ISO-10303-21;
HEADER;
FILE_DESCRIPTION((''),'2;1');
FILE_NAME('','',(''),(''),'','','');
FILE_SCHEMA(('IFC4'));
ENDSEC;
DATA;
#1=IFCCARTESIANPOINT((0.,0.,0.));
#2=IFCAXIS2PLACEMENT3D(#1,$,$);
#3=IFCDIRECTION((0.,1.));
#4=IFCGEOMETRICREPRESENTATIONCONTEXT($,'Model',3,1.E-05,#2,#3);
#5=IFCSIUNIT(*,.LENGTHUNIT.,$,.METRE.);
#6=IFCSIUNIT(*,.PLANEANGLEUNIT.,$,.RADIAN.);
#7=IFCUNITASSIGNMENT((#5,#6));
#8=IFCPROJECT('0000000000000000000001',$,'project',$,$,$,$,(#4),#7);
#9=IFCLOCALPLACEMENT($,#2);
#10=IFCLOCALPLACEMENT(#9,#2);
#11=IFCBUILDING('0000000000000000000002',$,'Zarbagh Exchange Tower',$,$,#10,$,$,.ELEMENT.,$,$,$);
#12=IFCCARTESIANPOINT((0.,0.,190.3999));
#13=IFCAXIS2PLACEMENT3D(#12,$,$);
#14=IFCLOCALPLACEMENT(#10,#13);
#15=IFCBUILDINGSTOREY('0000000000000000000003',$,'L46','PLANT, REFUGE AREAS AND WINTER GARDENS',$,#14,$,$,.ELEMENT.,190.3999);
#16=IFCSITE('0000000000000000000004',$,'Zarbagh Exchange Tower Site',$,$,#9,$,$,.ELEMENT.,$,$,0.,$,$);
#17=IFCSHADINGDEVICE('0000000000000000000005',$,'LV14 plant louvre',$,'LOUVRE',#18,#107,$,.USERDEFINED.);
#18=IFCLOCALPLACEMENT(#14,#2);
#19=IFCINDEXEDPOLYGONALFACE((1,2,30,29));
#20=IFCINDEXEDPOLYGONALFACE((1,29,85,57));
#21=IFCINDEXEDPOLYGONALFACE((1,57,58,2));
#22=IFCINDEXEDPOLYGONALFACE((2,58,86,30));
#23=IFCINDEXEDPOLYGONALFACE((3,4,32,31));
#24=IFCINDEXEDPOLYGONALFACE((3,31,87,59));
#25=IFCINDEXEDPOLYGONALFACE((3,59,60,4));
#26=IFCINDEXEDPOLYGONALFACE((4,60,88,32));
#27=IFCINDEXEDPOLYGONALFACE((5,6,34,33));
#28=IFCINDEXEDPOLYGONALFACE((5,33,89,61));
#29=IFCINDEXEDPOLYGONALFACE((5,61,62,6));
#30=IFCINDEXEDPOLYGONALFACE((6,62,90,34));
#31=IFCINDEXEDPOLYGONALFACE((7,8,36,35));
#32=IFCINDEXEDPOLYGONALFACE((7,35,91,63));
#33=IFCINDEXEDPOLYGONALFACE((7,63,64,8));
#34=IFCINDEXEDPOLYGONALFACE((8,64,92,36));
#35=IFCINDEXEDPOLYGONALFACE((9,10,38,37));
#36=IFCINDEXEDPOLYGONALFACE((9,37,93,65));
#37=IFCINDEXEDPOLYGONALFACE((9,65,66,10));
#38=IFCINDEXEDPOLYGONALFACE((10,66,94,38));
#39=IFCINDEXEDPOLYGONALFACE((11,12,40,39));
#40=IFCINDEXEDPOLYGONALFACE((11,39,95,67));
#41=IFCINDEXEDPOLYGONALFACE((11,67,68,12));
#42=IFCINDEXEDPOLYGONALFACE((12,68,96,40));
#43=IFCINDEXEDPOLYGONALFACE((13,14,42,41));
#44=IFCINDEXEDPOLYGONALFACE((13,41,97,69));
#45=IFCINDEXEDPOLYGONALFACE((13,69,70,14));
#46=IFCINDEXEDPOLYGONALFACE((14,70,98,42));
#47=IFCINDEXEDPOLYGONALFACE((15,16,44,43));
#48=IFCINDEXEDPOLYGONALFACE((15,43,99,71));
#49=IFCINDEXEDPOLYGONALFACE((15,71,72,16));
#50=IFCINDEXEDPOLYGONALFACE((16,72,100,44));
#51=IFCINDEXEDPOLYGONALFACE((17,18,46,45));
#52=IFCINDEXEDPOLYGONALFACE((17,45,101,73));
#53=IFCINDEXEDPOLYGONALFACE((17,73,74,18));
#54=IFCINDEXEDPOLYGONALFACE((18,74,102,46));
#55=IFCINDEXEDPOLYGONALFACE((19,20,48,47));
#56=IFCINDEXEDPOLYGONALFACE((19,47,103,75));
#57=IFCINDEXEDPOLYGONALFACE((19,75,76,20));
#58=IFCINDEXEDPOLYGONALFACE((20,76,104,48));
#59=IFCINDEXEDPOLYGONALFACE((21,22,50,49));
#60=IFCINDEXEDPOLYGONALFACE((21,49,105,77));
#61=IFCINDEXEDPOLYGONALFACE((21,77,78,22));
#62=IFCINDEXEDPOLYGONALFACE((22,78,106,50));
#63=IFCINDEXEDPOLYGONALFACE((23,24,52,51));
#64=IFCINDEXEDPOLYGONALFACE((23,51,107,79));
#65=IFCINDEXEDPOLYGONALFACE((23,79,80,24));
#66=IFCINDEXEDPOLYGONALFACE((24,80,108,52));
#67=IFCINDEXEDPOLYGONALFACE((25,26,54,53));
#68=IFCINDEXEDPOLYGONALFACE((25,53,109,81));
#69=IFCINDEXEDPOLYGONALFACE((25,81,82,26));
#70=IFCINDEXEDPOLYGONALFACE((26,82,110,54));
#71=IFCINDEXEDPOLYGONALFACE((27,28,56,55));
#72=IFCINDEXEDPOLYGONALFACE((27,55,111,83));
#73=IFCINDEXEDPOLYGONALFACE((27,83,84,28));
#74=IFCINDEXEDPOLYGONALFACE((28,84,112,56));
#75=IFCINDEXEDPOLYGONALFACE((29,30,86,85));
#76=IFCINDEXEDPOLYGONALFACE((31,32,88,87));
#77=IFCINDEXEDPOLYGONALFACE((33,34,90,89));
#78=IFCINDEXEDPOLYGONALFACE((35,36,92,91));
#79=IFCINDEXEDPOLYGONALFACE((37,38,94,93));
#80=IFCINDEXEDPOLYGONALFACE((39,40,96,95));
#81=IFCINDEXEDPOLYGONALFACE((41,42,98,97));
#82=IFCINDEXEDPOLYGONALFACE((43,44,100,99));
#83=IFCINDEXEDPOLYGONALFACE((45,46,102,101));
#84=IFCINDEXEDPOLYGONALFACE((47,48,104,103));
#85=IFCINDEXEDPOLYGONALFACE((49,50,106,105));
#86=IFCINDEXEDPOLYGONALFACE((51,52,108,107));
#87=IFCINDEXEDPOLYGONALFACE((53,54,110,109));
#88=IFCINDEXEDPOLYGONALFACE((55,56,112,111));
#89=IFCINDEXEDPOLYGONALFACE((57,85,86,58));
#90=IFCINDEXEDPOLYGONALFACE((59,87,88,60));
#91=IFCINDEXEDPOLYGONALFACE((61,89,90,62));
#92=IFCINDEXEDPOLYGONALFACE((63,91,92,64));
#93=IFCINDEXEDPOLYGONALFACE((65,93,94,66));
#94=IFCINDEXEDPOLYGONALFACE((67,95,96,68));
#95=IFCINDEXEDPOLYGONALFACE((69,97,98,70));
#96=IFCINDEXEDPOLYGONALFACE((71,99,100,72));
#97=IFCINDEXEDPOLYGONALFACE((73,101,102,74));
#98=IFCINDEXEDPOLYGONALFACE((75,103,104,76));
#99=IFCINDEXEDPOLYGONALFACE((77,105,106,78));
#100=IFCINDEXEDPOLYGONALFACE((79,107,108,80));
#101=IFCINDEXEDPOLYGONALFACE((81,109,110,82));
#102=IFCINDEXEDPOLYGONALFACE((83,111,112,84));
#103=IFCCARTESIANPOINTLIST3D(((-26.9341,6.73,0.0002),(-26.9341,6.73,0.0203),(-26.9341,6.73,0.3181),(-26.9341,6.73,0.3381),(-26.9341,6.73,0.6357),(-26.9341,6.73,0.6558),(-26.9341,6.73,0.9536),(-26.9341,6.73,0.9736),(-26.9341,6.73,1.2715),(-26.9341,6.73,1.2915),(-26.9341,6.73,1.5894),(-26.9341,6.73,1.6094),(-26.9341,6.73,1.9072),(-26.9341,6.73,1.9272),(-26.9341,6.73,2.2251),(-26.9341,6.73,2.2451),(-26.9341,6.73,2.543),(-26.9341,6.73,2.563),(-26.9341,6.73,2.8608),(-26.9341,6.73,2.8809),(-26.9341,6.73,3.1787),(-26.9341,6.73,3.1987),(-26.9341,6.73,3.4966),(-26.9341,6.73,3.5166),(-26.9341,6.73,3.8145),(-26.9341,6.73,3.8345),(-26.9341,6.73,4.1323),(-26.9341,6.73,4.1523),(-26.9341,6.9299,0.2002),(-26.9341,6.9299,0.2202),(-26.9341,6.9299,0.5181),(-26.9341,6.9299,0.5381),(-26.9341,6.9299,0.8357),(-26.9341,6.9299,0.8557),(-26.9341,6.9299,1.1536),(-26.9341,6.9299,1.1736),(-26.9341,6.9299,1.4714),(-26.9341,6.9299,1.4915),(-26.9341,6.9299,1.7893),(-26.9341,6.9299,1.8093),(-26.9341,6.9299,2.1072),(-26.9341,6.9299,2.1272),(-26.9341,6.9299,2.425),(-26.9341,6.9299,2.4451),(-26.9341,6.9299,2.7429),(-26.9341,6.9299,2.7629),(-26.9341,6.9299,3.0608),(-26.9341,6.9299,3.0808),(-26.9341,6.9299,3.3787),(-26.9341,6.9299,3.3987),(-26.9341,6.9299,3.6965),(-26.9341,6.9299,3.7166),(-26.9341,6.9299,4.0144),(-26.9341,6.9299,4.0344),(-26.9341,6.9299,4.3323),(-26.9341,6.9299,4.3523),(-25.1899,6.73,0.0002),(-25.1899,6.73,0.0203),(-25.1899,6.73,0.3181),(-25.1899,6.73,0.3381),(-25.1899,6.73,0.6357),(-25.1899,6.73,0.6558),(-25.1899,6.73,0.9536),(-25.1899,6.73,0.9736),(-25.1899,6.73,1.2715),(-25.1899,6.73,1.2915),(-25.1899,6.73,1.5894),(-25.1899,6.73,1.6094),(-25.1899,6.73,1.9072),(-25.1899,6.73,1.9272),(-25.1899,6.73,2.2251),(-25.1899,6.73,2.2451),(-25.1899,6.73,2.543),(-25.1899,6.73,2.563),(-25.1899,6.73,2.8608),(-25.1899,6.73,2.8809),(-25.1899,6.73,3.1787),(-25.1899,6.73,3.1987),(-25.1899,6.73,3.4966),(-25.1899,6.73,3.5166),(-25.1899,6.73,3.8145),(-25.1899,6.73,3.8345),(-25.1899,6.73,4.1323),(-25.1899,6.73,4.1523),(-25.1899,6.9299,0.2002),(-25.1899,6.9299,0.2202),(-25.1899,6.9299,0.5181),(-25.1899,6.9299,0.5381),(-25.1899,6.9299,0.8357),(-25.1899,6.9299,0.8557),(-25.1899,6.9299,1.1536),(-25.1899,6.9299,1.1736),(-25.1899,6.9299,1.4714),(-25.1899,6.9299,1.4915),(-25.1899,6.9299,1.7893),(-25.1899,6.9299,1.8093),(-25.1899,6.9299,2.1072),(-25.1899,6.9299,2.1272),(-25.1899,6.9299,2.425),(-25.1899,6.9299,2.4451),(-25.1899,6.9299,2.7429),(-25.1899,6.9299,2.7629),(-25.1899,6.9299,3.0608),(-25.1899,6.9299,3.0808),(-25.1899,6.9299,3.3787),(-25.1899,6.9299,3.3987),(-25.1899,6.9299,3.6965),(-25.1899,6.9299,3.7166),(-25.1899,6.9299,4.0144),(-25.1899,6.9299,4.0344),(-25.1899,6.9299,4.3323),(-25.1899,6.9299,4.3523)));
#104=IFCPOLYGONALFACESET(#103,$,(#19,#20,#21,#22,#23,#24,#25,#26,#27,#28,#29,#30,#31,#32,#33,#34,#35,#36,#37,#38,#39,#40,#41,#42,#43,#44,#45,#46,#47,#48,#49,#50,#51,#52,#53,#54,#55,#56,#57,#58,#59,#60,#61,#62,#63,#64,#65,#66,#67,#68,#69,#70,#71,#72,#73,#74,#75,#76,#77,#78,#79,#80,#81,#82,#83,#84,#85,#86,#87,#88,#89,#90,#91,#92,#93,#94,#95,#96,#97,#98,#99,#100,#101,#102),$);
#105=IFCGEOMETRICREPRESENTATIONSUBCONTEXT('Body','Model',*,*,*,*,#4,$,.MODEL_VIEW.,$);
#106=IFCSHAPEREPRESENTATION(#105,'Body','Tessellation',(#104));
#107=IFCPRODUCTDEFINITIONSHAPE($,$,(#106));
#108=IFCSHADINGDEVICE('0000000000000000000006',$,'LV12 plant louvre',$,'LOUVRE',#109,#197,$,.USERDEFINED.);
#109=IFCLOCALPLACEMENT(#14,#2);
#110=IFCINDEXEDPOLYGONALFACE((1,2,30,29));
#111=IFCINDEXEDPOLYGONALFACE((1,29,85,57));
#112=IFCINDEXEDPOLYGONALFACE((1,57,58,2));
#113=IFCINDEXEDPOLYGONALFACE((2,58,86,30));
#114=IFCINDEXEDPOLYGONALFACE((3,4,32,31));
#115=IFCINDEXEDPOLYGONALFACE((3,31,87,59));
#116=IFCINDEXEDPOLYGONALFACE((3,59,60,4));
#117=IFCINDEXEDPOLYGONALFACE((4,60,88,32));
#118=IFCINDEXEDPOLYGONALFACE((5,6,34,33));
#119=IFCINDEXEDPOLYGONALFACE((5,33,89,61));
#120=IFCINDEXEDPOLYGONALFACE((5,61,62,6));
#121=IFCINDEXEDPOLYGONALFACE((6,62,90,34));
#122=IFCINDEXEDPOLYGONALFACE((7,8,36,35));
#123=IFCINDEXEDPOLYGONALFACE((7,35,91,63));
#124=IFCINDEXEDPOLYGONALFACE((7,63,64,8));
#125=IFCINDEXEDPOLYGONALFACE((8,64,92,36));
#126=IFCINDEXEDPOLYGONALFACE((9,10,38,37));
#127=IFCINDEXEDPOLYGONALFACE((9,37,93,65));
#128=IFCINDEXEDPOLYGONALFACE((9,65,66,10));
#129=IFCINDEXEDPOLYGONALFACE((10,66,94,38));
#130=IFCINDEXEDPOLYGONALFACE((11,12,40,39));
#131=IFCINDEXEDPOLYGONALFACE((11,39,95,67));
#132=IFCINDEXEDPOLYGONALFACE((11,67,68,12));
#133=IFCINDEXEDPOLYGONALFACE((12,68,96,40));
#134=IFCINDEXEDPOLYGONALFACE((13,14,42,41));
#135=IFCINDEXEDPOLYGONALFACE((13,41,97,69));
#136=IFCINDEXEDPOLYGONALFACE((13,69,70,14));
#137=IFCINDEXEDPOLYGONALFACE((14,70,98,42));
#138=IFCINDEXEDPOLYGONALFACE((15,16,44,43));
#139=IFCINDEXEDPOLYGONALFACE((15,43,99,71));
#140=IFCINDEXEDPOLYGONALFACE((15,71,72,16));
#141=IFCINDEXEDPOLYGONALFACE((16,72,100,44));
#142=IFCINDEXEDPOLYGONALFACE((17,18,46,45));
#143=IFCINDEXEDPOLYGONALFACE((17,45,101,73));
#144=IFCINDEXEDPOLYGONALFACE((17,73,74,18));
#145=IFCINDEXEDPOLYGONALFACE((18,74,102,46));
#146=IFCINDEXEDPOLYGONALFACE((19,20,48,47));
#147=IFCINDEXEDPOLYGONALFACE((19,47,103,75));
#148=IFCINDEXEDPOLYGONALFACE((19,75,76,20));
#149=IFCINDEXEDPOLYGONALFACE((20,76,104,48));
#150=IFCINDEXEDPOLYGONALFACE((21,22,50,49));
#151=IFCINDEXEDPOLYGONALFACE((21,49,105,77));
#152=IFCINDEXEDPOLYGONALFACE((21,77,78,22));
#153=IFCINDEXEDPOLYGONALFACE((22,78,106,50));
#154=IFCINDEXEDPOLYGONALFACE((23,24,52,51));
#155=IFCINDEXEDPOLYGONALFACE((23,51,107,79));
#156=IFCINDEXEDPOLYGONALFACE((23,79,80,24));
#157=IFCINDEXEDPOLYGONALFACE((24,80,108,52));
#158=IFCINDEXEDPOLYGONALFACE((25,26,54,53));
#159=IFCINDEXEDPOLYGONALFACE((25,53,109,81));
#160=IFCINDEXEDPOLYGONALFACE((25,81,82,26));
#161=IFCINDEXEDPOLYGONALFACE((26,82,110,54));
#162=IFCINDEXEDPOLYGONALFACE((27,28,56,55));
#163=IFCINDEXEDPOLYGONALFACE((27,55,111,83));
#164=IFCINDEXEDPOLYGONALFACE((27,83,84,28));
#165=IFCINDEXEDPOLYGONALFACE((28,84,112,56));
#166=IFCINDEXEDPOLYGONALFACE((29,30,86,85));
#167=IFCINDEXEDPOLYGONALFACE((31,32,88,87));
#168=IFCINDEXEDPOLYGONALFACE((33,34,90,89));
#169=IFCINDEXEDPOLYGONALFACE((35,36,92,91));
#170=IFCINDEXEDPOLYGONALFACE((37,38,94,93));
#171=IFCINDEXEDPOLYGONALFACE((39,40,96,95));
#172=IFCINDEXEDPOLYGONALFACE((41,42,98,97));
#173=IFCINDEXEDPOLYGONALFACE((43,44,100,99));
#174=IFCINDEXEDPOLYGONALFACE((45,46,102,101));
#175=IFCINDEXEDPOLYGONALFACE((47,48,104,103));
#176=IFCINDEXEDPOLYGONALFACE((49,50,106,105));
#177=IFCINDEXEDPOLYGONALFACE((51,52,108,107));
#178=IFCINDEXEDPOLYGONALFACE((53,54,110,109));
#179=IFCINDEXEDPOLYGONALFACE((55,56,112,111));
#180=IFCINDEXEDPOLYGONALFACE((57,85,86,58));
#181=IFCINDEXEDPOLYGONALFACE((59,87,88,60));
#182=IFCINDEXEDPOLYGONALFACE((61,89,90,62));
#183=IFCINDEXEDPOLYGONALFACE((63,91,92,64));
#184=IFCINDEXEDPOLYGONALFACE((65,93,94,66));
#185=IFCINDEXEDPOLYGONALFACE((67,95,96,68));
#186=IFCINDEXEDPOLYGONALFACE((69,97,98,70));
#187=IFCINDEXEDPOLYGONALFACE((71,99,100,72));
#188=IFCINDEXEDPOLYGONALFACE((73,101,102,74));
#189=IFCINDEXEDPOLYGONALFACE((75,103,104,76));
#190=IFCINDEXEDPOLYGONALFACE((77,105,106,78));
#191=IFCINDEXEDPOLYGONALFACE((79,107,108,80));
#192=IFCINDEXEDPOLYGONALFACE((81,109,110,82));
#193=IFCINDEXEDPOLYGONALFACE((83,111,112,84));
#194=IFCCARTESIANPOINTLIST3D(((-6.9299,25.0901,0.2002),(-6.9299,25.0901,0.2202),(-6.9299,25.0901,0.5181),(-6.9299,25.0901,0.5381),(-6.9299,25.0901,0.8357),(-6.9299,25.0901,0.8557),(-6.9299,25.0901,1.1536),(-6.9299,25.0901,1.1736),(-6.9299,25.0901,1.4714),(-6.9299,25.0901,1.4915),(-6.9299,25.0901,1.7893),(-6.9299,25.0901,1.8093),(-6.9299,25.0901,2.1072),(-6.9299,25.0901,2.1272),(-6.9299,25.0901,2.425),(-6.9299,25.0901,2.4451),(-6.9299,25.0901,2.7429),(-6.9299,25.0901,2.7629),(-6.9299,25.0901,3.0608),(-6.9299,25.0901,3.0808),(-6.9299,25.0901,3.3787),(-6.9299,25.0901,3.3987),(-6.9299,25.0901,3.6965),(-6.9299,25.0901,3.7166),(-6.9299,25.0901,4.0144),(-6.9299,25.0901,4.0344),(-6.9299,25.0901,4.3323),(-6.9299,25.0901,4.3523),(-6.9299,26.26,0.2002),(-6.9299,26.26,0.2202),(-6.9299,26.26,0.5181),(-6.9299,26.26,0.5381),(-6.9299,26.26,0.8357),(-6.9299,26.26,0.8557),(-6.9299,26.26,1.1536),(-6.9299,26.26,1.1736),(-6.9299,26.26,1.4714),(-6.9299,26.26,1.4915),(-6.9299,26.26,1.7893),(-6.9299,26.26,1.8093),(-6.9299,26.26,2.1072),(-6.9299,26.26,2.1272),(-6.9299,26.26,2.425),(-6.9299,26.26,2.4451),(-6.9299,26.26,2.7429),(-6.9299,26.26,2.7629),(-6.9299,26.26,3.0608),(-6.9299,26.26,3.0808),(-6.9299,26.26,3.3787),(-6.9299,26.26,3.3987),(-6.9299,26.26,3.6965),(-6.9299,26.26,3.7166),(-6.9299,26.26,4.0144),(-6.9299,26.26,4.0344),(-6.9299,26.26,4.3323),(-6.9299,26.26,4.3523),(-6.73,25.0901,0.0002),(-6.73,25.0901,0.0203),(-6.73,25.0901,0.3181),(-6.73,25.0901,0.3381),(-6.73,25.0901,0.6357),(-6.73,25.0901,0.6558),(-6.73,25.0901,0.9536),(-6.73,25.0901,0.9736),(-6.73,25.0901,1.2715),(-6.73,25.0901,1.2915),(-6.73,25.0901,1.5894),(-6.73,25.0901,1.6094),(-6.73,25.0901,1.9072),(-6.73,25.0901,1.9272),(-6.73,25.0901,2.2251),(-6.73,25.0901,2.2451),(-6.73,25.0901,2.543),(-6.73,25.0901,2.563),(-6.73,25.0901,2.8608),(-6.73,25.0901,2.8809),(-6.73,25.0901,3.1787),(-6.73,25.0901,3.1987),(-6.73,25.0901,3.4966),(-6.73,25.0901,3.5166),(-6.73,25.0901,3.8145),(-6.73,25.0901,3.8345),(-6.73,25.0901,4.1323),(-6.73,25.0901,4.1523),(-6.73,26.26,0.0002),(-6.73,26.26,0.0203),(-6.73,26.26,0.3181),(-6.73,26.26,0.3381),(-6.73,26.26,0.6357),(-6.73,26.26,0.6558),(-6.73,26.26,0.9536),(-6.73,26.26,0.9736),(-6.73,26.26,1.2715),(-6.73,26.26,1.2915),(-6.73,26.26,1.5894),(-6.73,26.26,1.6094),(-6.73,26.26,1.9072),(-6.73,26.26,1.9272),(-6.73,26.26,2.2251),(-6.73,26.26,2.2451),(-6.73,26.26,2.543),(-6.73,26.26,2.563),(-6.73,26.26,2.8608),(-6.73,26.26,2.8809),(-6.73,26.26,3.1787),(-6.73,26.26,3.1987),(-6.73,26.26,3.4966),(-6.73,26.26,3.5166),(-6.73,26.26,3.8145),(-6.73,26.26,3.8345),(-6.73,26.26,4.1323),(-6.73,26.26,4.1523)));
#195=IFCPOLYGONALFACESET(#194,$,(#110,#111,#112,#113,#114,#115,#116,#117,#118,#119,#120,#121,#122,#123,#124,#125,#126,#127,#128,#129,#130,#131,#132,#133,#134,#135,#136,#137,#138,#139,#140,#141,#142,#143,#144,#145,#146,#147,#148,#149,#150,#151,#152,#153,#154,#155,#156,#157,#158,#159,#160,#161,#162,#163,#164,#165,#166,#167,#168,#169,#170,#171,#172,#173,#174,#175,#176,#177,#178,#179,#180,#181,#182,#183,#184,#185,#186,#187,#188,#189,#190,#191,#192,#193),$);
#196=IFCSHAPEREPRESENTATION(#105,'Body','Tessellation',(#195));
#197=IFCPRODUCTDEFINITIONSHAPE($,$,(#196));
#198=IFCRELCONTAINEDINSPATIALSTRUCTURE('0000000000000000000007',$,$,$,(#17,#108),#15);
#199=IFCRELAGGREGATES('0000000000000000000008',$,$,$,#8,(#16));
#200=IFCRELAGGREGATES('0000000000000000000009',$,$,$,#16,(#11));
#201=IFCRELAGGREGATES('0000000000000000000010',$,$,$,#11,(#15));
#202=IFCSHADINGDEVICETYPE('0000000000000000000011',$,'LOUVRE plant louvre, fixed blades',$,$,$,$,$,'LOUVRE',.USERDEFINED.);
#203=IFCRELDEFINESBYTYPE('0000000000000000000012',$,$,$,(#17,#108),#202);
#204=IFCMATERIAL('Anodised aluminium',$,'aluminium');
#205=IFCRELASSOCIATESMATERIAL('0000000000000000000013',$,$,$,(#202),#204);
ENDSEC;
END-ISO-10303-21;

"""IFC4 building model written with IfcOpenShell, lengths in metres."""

from ifc_helpers import new_model, si_unit, direction, frame, origin, place, context, subcontext, project, spatial, polyline, outline, extrude, source, transform, mapped, material, type_object, element, save


model = new_model("IFC4")

# Units and contexts
model_context = context("Model", 3, precision=1e-05, world=origin(), true_north=direction((0.0, 1.0)))
body_context = subcontext(model_context, "Body", "Model", "MODEL_VIEW")
ifc_project = project(units=[si_unit("LENGTHUNIT", "METRE"), si_unit("PLANEANGLEUNIT", "RADIAN")], contexts=[model_context])

# Site, building, storey
site_placement = place(None, origin())
site = spatial("IfcSite", under=ifc_project, at=site_placement, Name="Zarbagh Exchange Tower Site", CompositionType="ELEMENT", RefElevation=0.0)
building_placement = place(site_placement, origin())
building = spatial("IfcBuilding", under=site, at=building_placement, Name="Zarbagh Exchange Tower", CompositionType="ELEMENT")
storey_placement = place(building_placement, frame((0.0, 0.0, 190.3999)))
storey = spatial("IfcBuildingStorey", under=building, at=storey_placement, Name="L46", Description="PLANT, REFUGE AREAS AND WINTER GARDENS", CompositionType="ELEMENT", Elevation=190.3999)

# Shared definitions
placement = place(storey_placement, origin())

# Shading devices
ifc_material_1 = material(Name="Anodised aluminium", Category="aluminium")
shading_device_type = type_object("IfcShadingDeviceType", Name="LOUVRE plant louvre, fixed blades", ElementType="LOUVRE", PredefinedType="USERDEFINED", material=ifc_material_1)
shared_shape_1 = source(origin(), body_context, "Body", "SweptSolid", [
    extrude(outline(polyline([(0.0, 0.2), (0.2, 0.0), (0.2, -0.02), (0.0, 0.1799), (0.0, 0.2)])), origin(), (0.0, 0.0, 1.0), 1.7441),
])
element("IfcShadingDevice", 1, at=placement, inside=storey, type_object=shading_device_type, Name="LV14 plant louvre", ObjectType="LOUVRE", PredefinedType="USERDEFINED", context=body_context, shape_type="MappedRepresentation", body=[
    mapped(shared_shape_1, transform((-25.1899, 6.73, 0.2002), x_axis=(0.0, 1.0, 0.0), y_axis=(0.0, 0.0, -1.0), z_axis=(-1.0, 0.0, 0.0))),
    mapped(shared_shape_1, transform((-25.1899, 6.73, 0.5181), x_axis=(0.0, 1.0, 0.0), y_axis=(0.0, 0.0, -1.0), z_axis=(-1.0, 0.0, 0.0))),
    mapped(shared_shape_1, transform((-25.1899, 6.73, 0.8357), x_axis=(0.0, 1.0, 0.0), y_axis=(0.0, 0.0, -1.0), z_axis=(-1.0, 0.0, 0.0))),
    mapped(shared_shape_1, transform((-25.1899, 6.73, 1.1536), x_axis=(0.0, 1.0, 0.0), y_axis=(0.0, 0.0, -1.0), z_axis=(-1.0, 0.0, 0.0))),
    mapped(shared_shape_1, transform((-25.1899, 6.73, 1.4714), x_axis=(0.0, 1.0, 0.0), y_axis=(0.0, 0.0, -1.0), z_axis=(-1.0, 0.0, 0.0))),
    mapped(shared_shape_1, transform((-25.1899, 6.73, 1.7893), x_axis=(0.0, 1.0, 0.0), y_axis=(0.0, 0.0, -1.0), z_axis=(-1.0, 0.0, 0.0))),
    mapped(shared_shape_1, transform((-25.1899, 6.73, 2.1072), x_axis=(0.0, 1.0, 0.0), y_axis=(0.0, 0.0, -1.0), z_axis=(-1.0, 0.0, 0.0))),
    mapped(shared_shape_1, transform((-25.1899, 6.73, 2.425), x_axis=(0.0, 1.0, 0.0), y_axis=(0.0, 0.0, -1.0), z_axis=(-1.0, 0.0, 0.0))),
    mapped(shared_shape_1, transform((-25.1899, 6.73, 2.7429), x_axis=(0.0, 1.0, 0.0), y_axis=(0.0, 0.0, -1.0), z_axis=(-1.0, 0.0, 0.0))),
    mapped(shared_shape_1, transform((-25.1899, 6.73, 3.0608), x_axis=(0.0, 1.0, 0.0), y_axis=(0.0, 0.0, -1.0), z_axis=(-1.0, 0.0, 0.0))),
    mapped(shared_shape_1, transform((-25.1899, 6.73, 3.3787), x_axis=(0.0, 1.0, 0.0), y_axis=(0.0, 0.0, -1.0), z_axis=(-1.0, 0.0, 0.0))),
    mapped(shared_shape_1, transform((-25.1899, 6.73, 3.6965), x_axis=(0.0, 1.0, 0.0), y_axis=(0.0, 0.0, -1.0), z_axis=(-1.0, 0.0, 0.0))),
    mapped(shared_shape_1, transform((-25.1899, 6.73, 4.0144), x_axis=(0.0, 1.0, 0.0), y_axis=(0.0, 0.0, -1.0), z_axis=(-1.0, 0.0, 0.0))),
    mapped(shared_shape_1, transform((-25.1899, 6.73, 4.3323), x_axis=(0.0, 1.0, 0.0), y_axis=(0.0, 0.0, -1.0), z_axis=(-1.0, 0.0, 0.0))),
])
shared_shape_2 = source(origin(), body_context, "Body", "SweptSolid", [
    extrude(outline(polyline([(0.0, 0.2), (0.2, 0.0), (0.2, -0.02), (0.0, 0.1799), (0.0, 0.2)])), origin(), (0.0, 0.0, 1.0), 1.1699),
])
element("IfcShadingDevice", 2, at=placement, inside=storey, type_object=shading_device_type, Name="LV12 plant louvre", ObjectType="LOUVRE", PredefinedType="USERDEFINED", context=body_context, shape_type="MappedRepresentation", body=[
    mapped(shared_shape_2, transform((-6.73, 26.26, 0.2002), x_axis=(-1.0, 0.0, 0.0), y_axis=(0.0, 0.0, -1.0), z_axis=(0.0, -1.0, 0.0))),
    mapped(shared_shape_2, transform((-6.73, 26.26, 0.5181), x_axis=(-1.0, 0.0, 0.0), y_axis=(0.0, 0.0, -1.0), z_axis=(0.0, -1.0, 0.0))),
    mapped(shared_shape_2, transform((-6.73, 26.26, 0.8357), x_axis=(-1.0, 0.0, 0.0), y_axis=(0.0, 0.0, -1.0), z_axis=(0.0, -1.0, 0.0))),
    mapped(shared_shape_2, transform((-6.73, 26.26, 1.1536), x_axis=(-1.0, 0.0, 0.0), y_axis=(0.0, 0.0, -1.0), z_axis=(0.0, -1.0, 0.0))),
    mapped(shared_shape_2, transform((-6.73, 26.26, 1.4714), x_axis=(-1.0, 0.0, 0.0), y_axis=(0.0, 0.0, -1.0), z_axis=(0.0, -1.0, 0.0))),
    mapped(shared_shape_2, transform((-6.73, 26.26, 1.7893), x_axis=(-1.0, 0.0, 0.0), y_axis=(0.0, 0.0, -1.0), z_axis=(0.0, -1.0, 0.0))),
    mapped(shared_shape_2, transform((-6.73, 26.26, 2.1072), x_axis=(-1.0, 0.0, 0.0), y_axis=(0.0, 0.0, -1.0), z_axis=(0.0, -1.0, 0.0))),
    mapped(shared_shape_2, transform((-6.73, 26.26, 2.425), x_axis=(-1.0, 0.0, 0.0), y_axis=(0.0, 0.0, -1.0), z_axis=(0.0, -1.0, 0.0))),
    mapped(shared_shape_2, transform((-6.73, 26.26, 2.7429), x_axis=(-1.0, 0.0, 0.0), y_axis=(0.0, 0.0, -1.0), z_axis=(0.0, -1.0, 0.0))),
    mapped(shared_shape_2, transform((-6.73, 26.26, 3.0608), x_axis=(-1.0, 0.0, 0.0), y_axis=(0.0, 0.0, -1.0), z_axis=(0.0, -1.0, 0.0))),
    mapped(shared_shape_2, transform((-6.73, 26.26, 3.3787), x_axis=(-1.0, 0.0, 0.0), y_axis=(0.0, 0.0, -1.0), z_axis=(0.0, -1.0, 0.0))),
    mapped(shared_shape_2, transform((-6.73, 26.26, 3.6965), x_axis=(-1.0, 0.0, 0.0), y_axis=(0.0, 0.0, -1.0), z_axis=(0.0, -1.0, 0.0))),
    mapped(shared_shape_2, transform((-6.73, 26.26, 4.0144), x_axis=(-1.0, 0.0, 0.0), y_axis=(0.0, 0.0, -1.0), z_axis=(0.0, -1.0, 0.0))),
    mapped(shared_shape_2, transform((-6.73, 26.26, 4.3323), x_axis=(-1.0, 0.0, 0.0), y_axis=(0.0, 0.0, -1.0), z_axis=(0.0, -1.0, 0.0))),
])

save(model, "model.ifc")
